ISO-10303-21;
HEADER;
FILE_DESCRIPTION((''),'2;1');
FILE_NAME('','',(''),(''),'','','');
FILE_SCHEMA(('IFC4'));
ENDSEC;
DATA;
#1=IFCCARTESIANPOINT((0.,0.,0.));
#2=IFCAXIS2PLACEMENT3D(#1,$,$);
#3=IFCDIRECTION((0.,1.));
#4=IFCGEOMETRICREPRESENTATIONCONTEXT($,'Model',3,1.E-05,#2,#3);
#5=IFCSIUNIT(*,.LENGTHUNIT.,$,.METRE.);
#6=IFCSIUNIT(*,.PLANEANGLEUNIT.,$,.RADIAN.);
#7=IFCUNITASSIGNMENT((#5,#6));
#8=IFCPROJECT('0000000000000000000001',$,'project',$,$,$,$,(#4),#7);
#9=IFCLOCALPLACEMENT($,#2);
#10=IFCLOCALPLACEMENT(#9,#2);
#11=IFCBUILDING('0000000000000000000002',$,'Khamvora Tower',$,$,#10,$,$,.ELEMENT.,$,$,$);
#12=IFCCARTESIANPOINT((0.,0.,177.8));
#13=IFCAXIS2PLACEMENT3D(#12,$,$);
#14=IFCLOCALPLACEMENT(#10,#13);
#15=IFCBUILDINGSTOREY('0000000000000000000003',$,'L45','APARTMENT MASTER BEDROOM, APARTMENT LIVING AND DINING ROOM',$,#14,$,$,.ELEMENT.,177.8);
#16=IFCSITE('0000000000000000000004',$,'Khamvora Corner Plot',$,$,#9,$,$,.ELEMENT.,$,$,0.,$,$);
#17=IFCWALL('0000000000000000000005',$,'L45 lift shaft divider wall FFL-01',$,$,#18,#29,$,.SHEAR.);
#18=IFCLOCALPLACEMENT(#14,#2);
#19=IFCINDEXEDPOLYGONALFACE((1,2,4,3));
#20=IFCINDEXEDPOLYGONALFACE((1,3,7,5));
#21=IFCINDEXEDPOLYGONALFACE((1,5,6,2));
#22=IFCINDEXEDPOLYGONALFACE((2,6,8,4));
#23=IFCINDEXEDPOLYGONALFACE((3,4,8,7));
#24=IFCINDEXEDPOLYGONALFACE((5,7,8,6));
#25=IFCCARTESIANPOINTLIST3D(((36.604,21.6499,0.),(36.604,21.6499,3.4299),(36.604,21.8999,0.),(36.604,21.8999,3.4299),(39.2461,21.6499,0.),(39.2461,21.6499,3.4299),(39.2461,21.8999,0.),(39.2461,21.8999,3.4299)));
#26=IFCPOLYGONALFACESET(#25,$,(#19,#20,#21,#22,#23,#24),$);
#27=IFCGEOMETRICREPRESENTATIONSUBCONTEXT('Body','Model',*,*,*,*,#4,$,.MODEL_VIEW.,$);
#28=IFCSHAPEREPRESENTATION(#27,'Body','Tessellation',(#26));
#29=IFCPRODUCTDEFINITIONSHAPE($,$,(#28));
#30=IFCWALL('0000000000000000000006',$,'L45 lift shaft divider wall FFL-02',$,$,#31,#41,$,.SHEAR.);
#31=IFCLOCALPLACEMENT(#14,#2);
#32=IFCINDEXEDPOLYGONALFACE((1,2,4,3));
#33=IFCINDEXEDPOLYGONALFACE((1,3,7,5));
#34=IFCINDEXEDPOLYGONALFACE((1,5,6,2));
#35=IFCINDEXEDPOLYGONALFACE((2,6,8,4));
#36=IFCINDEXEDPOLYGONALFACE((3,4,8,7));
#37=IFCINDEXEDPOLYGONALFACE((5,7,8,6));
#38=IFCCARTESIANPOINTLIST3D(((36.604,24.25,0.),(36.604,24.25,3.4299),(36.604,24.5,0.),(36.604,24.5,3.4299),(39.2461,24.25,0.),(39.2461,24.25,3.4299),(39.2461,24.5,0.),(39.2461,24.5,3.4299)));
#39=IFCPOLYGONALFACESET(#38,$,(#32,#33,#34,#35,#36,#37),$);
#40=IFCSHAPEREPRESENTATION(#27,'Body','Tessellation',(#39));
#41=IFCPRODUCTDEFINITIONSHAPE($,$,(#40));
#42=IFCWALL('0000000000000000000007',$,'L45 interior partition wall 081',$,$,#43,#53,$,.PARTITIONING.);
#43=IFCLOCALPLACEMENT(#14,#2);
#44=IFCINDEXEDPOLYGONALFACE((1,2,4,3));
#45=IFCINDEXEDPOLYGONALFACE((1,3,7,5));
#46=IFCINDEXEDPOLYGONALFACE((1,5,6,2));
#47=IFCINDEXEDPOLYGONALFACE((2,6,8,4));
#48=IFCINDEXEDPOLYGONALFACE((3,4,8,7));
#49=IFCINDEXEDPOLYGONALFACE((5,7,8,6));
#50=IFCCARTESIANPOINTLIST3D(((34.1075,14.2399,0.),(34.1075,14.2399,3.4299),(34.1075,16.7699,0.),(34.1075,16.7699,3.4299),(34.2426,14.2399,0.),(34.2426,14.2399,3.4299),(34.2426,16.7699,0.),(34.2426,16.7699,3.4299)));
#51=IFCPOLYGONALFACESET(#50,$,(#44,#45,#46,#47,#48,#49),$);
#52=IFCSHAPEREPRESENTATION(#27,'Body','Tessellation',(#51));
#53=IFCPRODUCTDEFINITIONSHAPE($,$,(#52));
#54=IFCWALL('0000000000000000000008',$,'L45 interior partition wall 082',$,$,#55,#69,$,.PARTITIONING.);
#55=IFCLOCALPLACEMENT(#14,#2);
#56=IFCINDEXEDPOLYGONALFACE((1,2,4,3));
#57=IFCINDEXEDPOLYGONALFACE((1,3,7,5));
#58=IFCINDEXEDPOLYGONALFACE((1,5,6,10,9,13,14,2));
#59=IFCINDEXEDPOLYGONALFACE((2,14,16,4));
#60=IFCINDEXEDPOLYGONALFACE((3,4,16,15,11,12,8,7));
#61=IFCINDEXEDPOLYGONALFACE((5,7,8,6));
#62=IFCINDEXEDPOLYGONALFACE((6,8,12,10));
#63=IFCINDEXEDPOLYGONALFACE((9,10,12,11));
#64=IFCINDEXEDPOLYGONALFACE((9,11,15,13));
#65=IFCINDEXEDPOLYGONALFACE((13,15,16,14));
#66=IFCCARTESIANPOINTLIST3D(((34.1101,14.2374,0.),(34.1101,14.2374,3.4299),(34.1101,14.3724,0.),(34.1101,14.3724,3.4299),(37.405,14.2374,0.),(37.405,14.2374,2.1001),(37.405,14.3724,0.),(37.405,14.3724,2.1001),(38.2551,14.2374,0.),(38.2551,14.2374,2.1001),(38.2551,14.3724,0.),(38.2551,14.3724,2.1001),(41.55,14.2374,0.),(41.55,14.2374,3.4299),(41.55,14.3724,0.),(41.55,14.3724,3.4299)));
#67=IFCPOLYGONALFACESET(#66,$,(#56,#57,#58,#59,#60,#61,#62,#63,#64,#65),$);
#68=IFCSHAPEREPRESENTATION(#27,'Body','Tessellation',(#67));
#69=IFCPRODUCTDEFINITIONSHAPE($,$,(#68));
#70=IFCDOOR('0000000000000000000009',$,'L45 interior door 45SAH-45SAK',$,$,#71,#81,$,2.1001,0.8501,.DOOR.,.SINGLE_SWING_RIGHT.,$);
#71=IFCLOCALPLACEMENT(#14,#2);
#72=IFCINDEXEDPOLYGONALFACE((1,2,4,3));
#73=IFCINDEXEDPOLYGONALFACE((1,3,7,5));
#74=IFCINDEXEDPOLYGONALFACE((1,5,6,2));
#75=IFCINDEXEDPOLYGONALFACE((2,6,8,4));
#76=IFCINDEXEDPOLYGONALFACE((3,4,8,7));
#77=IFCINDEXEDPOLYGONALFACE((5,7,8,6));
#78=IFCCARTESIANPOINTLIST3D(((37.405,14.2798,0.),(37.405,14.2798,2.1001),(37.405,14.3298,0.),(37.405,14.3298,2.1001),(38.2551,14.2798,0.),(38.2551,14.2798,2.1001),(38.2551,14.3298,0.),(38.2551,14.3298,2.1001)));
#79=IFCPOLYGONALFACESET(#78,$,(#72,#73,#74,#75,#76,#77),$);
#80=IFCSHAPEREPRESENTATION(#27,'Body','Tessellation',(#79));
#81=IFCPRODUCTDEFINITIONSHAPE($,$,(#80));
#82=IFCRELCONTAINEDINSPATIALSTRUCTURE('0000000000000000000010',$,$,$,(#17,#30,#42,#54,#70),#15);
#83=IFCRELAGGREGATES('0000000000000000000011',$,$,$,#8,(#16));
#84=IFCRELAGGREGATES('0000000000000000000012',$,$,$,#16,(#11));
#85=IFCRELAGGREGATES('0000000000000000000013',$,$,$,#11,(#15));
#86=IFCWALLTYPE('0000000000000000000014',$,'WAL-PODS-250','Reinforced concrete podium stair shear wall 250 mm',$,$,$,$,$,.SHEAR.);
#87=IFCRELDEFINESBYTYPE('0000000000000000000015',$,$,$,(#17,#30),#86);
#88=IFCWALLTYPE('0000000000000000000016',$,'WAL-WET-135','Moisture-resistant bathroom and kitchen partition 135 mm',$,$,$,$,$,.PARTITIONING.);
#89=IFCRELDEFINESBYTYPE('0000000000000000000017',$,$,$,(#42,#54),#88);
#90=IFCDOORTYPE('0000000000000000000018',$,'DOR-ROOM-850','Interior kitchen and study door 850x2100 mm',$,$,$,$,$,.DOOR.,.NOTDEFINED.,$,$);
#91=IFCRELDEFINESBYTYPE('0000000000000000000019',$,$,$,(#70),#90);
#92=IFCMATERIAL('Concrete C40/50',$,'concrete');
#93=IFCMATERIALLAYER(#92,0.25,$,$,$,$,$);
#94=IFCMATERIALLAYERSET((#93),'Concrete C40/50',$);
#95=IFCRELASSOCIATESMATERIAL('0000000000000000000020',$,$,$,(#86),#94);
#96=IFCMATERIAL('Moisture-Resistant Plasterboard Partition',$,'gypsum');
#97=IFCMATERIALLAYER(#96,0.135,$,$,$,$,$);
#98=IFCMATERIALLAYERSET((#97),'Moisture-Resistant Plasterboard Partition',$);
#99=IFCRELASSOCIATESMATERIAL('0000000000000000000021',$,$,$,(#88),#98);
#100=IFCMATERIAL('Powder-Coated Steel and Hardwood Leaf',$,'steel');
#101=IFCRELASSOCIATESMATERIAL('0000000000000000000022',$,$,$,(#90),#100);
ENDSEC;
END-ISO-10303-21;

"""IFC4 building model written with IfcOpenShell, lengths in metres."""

from ifc_helpers import new_model, si_unit, direction, frame, frame_2d, origin, place, context, subcontext, project, spatial, rectangle, extrude, material, layer, layer_set, type_object, element, fill, save


model = new_model("IFC4")

# Units and contexts
model_context = context("Model", 3, precision=1e-05, world=origin(), true_north=direction((0.0, 1.0)))
body_context = subcontext(model_context, "Body", "Model", "MODEL_VIEW")
ifc_project = project(units=[si_unit("LENGTHUNIT", "METRE"), si_unit("PLANEANGLEUNIT", "RADIAN")], contexts=[model_context])

# Site, building, storey
site_placement = place(None, origin())
site = spatial("IfcSite", under=ifc_project, at=site_placement, Name="Khamvora Corner Plot", CompositionType="ELEMENT", RefElevation=0.0)
building_placement = place(site_placement, origin())
building = spatial("IfcBuilding", under=site, at=building_placement, Name="Khamvora Tower", CompositionType="ELEMENT")
storey_placement = place(building_placement, frame((0.0, 0.0, 177.8)))
storey = spatial("IfcBuildingStorey", under=building, at=storey_placement, Name="L45", Description="APARTMENT MASTER BEDROOM, APARTMENT LIVING AND DINING ROOM", CompositionType="ELEMENT", Elevation=177.8)

# Shared definitions
ifc_material_1 = material(Name="Powder-Coated Steel and Hardwood Leaf", Category="steel")

# Walls
ifc_material_2 = material(Name="Concrete C40/50", Category="concrete")
ifc_layer_1 = layer(ifc_material_2, 0.25)
ifc_layer_set_1 = layer_set([ifc_layer_1], Name="Concrete C40/50")
wall_type_1 = type_object("IfcWallType", Name="WAL-PODS-250", Description="Reinforced concrete podium stair shear wall 250 mm", PredefinedType="SHEAR", material=ifc_layer_set_1)
for number, where, z_axis, x_axis, name in (
    (1, (36.604, 21.7749, 0.0), (0.0, 0.0, 1.0), (1.0, 0.0, 0.0), "L45 lift shaft divider wall FFL-01"),
    (2, (36.604, 24.375, 0.0), (0.0, 0.0, 1.0), (1.0, 0.0, 0.0), "L45 lift shaft divider wall FFL-02"),
):
    element("IfcWall", number, at=place(storey_placement, frame(where, z_axis=z_axis, x_axis=x_axis)), inside=storey, type_object=wall_type_1, Name=name, PredefinedType="SHEAR", context=body_context, shape_type="SweptSolid", body=[
        extrude(rectangle(XDim=2.6421, YDim=0.25, at=frame_2d((1.321, 0.0))), origin(), (0.0, 0.0, 1.0), 3.4299),
    ])
ifc_material_3 = material(Name="Moisture-Resistant Plasterboard Partition", Category="gypsum")
ifc_layer_2 = layer(ifc_material_3, 0.135)
ifc_layer_set_2 = layer_set([ifc_layer_2], Name="Moisture-Resistant Plasterboard Partition")
wall_type_2 = type_object("IfcWallType", Name="WAL-WET-135", Description="Moisture-resistant bathroom and kitchen partition 135 mm", PredefinedType="PARTITIONING", material=ifc_layer_set_2)
wall_1_placement = place(storey_placement, frame((34.175, 16.77, 0.0), z_axis=(0.0, 0.0, 1.0), x_axis=(0.0, -1.0, 0.0)))
element("IfcWall", 3, at=wall_1_placement, inside=storey, type_object=wall_type_2, Name="L45 interior partition wall 081", PredefinedType="PARTITIONING", context=body_context, shape_type="SweptSolid", body=[
    extrude(rectangle(XDim=2.53, YDim=0.135, at=frame_2d((1.2651, 0.0))), origin(), (0.0, 0.0, 1.0), 3.4299),
])

# Wall, opening, door
wall_2_placement = place(storey_placement, frame((34.1101, 14.3049, 0.0), z_axis=(0.0, 0.0, 1.0), x_axis=(1.0, 0.0, 0.0)))
wall_2 = element("IfcWall", 4, at=wall_2_placement, inside=storey, type_object=wall_type_2, Name="L45 interior partition wall 082", PredefinedType="PARTITIONING", context=body_context, shape_type="SweptSolid", body=[
    extrude(rectangle(XDim=7.4399, YDim=0.135, at=frame_2d((3.72, 0.0))), origin(), (0.0, 0.0, 1.0), 3.4299),
])
opening_1_placement = place(wall_2_placement, frame((3.2949, 0.0, 0.0)))
opening_1 = element("IfcOpeningElement", 5, at=opening_1_placement, cuts=wall_2, PredefinedType="OPENING", context=body_context, shape_type="SweptSolid", body=[
    extrude(rectangle(XDim=0.8501, YDim=2.1001, at=frame_2d((0.425, 1.05))), frame((0.0, 0.0774, 0.0), z_axis=(0.0, -1.0, 0.0), x_axis=(1.0, 0.0, 0.0)), (0.0, 0.0, 1.0), 0.155),
])
door_type_1 = type_object("IfcDoorType", Name="DOR-ROOM-850", Description="Interior kitchen and study door 850x2100 mm", OperationType="NOTDEFINED", PredefinedType="DOOR", material=ifc_material_1)
door_1_placement = place(opening_1_placement, origin())
door_1 = element("IfcDoor", 6, at=door_1_placement, inside=storey, type_object=door_type_1, Name="L45 interior door 45SAH-45SAK", OperationType="SINGLE_SWING_RIGHT", OverallHeight=2.1001, OverallWidth=0.8501, PredefinedType="DOOR", context=body_context, shape_type="SweptSolid", body=[
    extrude(rectangle(XDim=0.8501, YDim=2.1001, at=frame_2d((0.425, 1.05))), frame((0.0, 0.0249, 0.0), z_axis=(0.0, -1.0, 0.0), x_axis=(1.0, 0.0, 0.0)), (0.0, 0.0, 1.0), 0.05),
])
fill(opening_1, door_1)

save(model, "model.ifc")
